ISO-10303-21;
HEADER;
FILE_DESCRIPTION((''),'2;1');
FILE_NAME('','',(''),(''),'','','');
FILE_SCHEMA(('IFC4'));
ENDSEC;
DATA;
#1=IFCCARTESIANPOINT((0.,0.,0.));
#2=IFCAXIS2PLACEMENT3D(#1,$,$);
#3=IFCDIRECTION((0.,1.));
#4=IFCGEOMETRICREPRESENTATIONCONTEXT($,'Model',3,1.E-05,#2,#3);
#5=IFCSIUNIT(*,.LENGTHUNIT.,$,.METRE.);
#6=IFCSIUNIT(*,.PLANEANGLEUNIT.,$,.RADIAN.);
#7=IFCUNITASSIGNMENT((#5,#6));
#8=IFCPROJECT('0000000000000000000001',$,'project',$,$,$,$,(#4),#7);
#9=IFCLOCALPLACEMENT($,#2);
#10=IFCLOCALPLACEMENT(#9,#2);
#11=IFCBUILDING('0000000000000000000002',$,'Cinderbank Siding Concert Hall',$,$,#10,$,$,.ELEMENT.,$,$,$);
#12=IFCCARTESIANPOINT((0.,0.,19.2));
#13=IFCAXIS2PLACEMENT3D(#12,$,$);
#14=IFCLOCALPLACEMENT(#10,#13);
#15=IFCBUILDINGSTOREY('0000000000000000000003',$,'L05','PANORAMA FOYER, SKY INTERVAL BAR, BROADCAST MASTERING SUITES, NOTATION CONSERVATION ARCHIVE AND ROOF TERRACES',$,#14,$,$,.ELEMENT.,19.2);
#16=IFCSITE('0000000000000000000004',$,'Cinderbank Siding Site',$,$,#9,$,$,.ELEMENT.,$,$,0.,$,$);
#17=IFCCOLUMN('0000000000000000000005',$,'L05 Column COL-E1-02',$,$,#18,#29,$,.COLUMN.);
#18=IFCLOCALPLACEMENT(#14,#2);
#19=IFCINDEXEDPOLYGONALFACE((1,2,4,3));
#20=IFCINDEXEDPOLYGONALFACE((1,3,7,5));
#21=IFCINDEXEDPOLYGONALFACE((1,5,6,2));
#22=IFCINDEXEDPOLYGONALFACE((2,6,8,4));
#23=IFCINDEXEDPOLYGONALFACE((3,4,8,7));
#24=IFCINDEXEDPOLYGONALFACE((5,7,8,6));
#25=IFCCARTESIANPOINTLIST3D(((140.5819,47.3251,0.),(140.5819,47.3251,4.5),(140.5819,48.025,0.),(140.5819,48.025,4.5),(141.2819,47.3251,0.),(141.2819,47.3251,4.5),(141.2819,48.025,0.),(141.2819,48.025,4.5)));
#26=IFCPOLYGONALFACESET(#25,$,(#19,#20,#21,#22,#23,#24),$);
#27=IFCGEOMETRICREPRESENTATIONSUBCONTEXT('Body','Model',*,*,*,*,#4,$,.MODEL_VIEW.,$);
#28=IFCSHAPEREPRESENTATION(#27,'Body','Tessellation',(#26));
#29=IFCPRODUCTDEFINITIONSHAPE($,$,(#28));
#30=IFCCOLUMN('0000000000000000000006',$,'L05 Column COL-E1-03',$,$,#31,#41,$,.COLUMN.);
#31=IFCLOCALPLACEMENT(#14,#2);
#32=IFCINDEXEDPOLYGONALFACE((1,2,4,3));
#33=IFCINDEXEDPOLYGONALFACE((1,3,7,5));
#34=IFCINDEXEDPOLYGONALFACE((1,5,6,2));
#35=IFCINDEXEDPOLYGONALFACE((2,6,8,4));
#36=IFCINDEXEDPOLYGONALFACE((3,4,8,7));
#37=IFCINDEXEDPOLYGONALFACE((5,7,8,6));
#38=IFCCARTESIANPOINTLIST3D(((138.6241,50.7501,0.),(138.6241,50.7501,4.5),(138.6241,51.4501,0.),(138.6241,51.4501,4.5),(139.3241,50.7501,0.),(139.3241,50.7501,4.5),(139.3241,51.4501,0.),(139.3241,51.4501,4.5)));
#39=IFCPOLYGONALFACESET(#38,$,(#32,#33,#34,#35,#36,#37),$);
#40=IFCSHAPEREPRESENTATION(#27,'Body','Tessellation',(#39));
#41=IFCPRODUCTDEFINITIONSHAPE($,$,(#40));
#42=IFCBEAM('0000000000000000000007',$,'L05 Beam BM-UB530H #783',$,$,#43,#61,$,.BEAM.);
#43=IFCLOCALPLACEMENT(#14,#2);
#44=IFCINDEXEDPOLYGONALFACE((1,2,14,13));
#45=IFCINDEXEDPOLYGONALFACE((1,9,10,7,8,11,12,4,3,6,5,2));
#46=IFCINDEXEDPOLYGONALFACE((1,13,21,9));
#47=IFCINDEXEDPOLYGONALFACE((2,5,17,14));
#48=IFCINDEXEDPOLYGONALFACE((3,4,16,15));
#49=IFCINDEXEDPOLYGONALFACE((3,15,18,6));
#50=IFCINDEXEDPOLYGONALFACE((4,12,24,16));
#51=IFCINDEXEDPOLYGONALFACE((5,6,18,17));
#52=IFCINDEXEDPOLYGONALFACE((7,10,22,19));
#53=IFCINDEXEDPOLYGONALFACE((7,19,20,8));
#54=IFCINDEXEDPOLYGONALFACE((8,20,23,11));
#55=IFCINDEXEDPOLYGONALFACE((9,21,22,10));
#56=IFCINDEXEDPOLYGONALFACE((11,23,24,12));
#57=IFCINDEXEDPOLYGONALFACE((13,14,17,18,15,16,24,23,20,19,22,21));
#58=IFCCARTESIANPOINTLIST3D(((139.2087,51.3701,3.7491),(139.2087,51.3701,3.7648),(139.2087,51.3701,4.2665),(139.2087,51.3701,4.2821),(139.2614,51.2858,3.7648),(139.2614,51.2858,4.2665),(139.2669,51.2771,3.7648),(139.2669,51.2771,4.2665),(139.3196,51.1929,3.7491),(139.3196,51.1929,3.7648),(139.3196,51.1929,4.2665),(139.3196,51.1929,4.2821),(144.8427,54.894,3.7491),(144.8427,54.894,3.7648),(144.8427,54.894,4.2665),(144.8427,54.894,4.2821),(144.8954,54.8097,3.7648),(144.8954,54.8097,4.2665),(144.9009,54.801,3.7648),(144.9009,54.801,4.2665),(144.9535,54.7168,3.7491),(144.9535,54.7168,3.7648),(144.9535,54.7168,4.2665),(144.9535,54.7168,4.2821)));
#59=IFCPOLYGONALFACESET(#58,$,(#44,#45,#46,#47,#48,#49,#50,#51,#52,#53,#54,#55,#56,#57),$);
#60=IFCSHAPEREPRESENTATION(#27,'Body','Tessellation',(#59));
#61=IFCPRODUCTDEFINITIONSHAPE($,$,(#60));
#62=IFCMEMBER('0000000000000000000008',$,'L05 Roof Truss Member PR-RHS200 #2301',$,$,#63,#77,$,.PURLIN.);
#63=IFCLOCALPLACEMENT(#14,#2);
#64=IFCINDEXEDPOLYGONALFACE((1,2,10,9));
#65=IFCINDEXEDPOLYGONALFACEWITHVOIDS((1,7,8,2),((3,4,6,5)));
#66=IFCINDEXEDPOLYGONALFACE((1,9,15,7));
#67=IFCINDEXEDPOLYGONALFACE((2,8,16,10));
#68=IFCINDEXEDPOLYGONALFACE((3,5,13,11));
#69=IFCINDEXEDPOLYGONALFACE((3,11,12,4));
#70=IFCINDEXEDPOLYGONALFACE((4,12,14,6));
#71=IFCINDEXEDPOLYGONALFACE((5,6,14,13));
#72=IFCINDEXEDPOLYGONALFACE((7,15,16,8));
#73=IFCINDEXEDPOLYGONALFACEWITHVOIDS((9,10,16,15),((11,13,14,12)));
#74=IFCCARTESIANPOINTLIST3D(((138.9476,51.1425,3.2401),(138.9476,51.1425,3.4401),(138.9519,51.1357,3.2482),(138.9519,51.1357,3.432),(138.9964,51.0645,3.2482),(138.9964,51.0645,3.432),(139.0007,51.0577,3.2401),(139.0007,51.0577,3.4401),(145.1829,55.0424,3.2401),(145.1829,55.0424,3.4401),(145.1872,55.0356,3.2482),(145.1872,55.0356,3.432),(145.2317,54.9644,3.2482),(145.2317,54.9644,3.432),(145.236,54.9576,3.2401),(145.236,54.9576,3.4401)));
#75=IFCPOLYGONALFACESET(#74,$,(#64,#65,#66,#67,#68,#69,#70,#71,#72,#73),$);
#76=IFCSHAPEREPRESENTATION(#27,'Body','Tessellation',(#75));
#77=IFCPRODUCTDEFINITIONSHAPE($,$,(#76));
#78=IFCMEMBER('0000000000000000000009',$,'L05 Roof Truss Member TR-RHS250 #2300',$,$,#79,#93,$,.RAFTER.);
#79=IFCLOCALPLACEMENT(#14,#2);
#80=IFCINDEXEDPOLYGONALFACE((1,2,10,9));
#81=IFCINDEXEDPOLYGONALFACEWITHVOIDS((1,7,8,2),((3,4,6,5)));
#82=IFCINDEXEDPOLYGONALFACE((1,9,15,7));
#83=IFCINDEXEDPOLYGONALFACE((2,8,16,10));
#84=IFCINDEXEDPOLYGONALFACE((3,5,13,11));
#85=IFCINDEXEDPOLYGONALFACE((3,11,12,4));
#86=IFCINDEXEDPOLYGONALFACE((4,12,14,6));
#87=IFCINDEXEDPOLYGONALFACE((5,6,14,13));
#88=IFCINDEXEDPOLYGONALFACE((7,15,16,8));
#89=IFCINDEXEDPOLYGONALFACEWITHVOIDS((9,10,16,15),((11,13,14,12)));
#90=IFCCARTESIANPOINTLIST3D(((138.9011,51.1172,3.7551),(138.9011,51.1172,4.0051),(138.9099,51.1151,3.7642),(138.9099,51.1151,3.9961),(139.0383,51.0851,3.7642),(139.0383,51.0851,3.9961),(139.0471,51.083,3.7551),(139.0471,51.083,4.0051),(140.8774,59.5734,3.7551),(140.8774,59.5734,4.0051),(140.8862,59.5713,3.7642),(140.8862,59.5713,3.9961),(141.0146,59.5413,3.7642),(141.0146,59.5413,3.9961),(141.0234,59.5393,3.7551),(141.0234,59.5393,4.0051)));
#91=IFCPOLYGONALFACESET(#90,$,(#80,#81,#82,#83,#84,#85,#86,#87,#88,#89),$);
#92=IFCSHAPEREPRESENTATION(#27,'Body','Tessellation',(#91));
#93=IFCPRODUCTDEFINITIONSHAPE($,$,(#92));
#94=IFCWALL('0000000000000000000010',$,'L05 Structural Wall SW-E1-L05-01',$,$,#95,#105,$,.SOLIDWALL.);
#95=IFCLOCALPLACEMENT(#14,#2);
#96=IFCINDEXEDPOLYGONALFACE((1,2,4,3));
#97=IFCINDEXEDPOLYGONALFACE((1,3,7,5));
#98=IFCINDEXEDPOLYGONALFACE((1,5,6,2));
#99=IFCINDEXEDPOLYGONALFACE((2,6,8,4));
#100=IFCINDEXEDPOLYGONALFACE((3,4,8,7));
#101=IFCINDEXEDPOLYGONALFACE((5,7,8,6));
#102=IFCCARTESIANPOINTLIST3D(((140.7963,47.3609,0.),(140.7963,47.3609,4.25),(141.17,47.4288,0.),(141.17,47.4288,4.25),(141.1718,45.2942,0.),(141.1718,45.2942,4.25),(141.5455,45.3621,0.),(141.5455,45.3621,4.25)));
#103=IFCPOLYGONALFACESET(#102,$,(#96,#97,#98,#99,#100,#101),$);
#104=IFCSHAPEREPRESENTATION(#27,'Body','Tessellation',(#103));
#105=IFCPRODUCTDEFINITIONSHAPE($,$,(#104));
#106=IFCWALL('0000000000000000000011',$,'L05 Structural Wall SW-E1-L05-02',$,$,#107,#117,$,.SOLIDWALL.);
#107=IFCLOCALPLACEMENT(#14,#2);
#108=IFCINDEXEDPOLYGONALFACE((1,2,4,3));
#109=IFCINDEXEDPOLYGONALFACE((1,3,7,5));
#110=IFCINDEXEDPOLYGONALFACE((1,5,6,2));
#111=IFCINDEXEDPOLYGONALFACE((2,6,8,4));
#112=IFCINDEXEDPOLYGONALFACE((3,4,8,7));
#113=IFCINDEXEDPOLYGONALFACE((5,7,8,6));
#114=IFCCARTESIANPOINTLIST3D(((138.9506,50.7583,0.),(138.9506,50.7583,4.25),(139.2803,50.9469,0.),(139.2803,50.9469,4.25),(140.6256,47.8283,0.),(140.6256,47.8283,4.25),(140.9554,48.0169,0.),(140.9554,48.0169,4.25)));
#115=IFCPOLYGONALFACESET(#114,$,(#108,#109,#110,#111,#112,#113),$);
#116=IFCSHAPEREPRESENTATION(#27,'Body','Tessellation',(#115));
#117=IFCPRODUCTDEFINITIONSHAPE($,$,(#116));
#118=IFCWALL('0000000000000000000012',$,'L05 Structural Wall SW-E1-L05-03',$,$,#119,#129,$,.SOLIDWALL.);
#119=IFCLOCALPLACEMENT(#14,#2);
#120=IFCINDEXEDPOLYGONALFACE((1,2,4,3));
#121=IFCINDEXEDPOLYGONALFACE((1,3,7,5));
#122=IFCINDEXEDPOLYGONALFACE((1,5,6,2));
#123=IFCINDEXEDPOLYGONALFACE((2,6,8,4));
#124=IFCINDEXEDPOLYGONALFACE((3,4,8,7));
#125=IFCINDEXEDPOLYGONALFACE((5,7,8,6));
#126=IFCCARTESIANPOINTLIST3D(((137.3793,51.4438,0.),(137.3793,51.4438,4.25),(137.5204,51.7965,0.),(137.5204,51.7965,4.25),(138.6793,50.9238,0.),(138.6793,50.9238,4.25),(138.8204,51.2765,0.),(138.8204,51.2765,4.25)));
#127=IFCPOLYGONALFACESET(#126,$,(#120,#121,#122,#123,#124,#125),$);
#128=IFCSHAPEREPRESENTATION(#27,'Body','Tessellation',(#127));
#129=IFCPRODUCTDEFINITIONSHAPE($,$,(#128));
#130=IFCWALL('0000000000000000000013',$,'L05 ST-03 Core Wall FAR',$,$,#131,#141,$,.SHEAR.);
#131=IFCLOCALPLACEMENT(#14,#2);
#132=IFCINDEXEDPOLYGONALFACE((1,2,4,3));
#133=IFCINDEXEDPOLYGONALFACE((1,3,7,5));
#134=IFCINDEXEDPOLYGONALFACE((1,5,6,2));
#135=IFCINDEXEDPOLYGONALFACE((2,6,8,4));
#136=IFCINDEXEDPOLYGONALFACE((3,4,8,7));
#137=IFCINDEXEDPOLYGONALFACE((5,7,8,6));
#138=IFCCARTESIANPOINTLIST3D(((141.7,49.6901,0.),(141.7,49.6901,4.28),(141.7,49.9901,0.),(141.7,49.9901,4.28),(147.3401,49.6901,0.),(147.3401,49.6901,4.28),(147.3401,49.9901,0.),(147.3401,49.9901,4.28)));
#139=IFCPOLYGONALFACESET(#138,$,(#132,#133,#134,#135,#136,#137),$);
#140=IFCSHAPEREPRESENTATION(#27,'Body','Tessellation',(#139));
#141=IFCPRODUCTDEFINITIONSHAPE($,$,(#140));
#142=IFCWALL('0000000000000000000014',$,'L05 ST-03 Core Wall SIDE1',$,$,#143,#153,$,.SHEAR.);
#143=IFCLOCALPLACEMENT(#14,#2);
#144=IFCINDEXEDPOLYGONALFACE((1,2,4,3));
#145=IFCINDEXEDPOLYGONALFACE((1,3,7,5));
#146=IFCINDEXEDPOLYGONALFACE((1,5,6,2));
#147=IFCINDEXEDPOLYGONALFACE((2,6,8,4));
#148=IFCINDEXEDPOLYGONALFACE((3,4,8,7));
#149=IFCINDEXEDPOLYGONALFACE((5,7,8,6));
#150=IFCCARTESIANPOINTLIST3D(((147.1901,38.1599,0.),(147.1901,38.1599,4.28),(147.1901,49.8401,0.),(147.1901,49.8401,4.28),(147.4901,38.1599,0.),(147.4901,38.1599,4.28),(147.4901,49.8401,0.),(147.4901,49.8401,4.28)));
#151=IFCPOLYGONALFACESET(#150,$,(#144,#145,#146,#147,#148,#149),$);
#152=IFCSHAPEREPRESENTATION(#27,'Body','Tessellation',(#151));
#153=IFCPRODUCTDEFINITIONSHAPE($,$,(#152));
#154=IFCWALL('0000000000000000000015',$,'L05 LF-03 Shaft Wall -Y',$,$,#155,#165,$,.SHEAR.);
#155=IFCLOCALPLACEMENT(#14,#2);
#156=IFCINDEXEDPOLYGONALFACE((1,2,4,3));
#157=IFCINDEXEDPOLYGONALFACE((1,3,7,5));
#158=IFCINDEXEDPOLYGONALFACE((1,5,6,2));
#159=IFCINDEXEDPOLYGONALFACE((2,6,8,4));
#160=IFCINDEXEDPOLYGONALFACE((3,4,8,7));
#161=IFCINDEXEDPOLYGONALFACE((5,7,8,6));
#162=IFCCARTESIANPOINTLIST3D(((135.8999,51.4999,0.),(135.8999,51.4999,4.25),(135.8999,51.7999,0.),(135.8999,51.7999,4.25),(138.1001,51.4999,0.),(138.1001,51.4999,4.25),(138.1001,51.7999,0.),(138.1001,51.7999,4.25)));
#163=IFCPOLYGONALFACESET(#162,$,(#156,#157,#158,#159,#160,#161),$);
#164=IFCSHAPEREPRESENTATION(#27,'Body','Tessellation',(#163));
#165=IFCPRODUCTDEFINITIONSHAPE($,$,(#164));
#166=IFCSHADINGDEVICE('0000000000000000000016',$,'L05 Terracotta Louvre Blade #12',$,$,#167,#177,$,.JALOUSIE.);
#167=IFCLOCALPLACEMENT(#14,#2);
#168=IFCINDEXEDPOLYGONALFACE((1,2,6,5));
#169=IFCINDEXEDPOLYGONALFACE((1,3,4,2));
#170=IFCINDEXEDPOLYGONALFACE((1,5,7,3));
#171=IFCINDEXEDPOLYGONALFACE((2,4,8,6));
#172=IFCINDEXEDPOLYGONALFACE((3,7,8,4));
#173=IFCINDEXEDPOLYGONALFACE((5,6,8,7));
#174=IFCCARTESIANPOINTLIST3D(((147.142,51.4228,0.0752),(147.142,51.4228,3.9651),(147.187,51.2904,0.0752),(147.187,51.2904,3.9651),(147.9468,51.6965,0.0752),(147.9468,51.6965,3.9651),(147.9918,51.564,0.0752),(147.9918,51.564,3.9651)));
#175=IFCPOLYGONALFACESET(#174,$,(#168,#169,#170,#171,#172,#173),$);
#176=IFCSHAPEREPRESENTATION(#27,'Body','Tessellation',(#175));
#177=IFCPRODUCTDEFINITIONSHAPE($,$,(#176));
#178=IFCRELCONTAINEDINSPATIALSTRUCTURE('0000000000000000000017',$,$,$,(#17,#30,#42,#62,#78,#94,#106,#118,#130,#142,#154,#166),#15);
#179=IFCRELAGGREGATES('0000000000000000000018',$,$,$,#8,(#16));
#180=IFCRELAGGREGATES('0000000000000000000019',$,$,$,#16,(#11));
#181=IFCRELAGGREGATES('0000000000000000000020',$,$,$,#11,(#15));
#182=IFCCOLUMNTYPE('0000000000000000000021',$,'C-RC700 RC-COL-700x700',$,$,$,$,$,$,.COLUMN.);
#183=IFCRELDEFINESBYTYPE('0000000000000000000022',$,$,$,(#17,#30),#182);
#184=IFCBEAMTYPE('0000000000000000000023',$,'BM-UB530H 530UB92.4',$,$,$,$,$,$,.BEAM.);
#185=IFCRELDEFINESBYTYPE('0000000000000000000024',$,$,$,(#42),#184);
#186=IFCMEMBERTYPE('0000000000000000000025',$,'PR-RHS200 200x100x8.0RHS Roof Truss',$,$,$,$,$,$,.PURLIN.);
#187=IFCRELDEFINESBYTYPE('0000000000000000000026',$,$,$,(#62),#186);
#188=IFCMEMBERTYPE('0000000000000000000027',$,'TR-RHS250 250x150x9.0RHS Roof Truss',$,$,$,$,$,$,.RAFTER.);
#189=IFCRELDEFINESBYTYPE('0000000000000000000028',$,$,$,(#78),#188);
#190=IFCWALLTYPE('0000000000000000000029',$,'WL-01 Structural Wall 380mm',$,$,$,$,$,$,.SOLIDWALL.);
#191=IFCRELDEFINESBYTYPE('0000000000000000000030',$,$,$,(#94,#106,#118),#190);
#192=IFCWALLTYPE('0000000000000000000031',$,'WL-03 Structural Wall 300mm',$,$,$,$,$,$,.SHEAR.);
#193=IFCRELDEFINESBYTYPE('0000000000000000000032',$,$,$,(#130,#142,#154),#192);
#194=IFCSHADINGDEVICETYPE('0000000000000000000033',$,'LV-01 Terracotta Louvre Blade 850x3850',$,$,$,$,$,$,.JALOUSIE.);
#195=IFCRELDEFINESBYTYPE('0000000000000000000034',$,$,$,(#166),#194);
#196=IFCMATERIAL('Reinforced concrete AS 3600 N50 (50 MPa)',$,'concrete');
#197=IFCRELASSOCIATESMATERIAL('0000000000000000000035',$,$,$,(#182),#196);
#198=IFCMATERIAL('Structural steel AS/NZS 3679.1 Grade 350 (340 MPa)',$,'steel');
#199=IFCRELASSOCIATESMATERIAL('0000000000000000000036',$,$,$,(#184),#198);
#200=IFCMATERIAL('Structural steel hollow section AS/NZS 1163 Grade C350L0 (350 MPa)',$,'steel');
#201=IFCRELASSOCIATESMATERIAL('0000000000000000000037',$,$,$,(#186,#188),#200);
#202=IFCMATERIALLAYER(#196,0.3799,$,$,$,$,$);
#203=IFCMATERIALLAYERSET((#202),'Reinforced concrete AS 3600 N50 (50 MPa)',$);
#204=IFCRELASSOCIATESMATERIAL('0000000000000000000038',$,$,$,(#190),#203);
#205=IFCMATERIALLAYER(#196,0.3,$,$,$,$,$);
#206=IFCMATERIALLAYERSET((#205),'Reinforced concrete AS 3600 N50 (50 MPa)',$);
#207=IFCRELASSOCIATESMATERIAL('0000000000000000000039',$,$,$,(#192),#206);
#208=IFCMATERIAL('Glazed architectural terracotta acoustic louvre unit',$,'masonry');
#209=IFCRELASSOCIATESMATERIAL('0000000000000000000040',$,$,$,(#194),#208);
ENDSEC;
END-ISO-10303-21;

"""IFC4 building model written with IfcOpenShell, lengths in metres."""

from ifc_helpers import new_model, si_unit, direction, frame, frame_2d, origin, origin_2d, place, context, subcontext, project, spatial, rectangle, hollow_rectangle, i_section, extrude, material, layer, layer_set, material_profile, profile_set, type_object, element, save


model = new_model("IFC4")

# Units and contexts
model_context = context("Model", 3, precision=1e-05, world=origin(), true_north=direction((0.0, 1.0)))
body_context = subcontext(model_context, "Body", "Model", "MODEL_VIEW")
ifc_project = project(units=[si_unit("LENGTHUNIT", "METRE"), si_unit("PLANEANGLEUNIT", "RADIAN")], contexts=[model_context])

# Site, building, storey
site_placement = place(None, origin())
site = spatial("IfcSite", under=ifc_project, at=site_placement, Name="Cinderbank Siding Site", CompositionType="ELEMENT", RefElevation=0.0)
building_placement = place(site_placement, origin())
building = spatial("IfcBuilding", under=site, at=building_placement, Name="Cinderbank Siding Concert Hall", CompositionType="ELEMENT")
storey_placement = place(building_placement, frame((0.0, 0.0, 19.2)))
storey = spatial("IfcBuildingStorey", under=building, at=storey_placement, Name="L05", Description="PANORAMA FOYER, SKY INTERVAL BAR, BROADCAST MASTERING SUITES, NOTATION CONSERVATION ARCHIVE AND ROOF TERRACES", CompositionType="ELEMENT", Elevation=19.2)

# Columns
ifc_material_1 = material(Name="Reinforced concrete AS 3600 N50 (50 MPa)", Category="concrete")
ifc_material_profile_1 = material_profile(ifc_material_1, rectangle(XDim=0.7, YDim=0.7, at=origin_2d()), Name="RC-COL-700x700", Category="LoadBearing")
ifc_profile_set_1 = profile_set([ifc_material_profile_1], Name="Reinforced concrete AS 3600 N50 (50 MPa)")
column_type = type_object("IfcColumnType", Name="C-RC700 RC-COL-700x700", PredefinedType="COLUMN", material=ifc_profile_set_1)
for number, where, z_axis, x_axis, name in (
    (1, (140.9319, 47.675, 0.0), (0.0, 0.0, 1.0), (1.0, 0.0, 0.0), "L05 Column COL-E1-02"),
    (2, (138.9741, 51.1001, 0.0), (0.0, 0.0, 1.0), (1.0, 0.0, 0.0), "L05 Column COL-E1-03"),
):
    element("IfcColumn", number, at=place(storey_placement, frame(where, z_axis=z_axis, x_axis=x_axis)), inside=storey, type_object=column_type, Name=name, PredefinedType="COLUMN", context=body_context, shape_type="SweptSolid", body=[
        extrude(rectangle(XDim=0.7, YDim=0.7, at=origin_2d()), origin(), (0.0, 0.0, 1.0), 4.5),
    ])

# Beam
ifc_material_2 = material(Name="Structural steel AS/NZS 3679.1 Grade 350 (340 MPa)", Category="steel")
ifc_material_profile_2 = material_profile(ifc_material_2, i_section(OverallWidth=0.209, OverallDepth=0.533, WebThickness=0.0103, FlangeThickness=0.0156, at=origin_2d()), Name="530UB92.4", Category="LoadBearing")
ifc_profile_set_2 = profile_set([ifc_material_profile_2], Name="Structural steel AS/NZS 3679.1 Grade 350 (340 MPa)")
beam_type = type_object("IfcBeamType", Name="BM-UB530H 530UB92.4", PredefinedType="BEAM", material=ifc_profile_set_2)
beam_placement = place(storey_placement, frame((139.2642, 51.2815, 4.0156), z_axis=(0.847819, 0.530286, 0.0), x_axis=(-0.530286, 0.847819, 0.0)))
element("IfcBeam", 3, at=beam_placement, inside=storey, type_object=beam_type, Name="L05 Beam BM-UB530H #783", PredefinedType="BEAM", context=body_context, shape_type="SweptSolid", body=[
    extrude(i_section(OverallWidth=0.209, OverallDepth=0.533, WebThickness=0.0103, FlangeThickness=0.0156, at=origin_2d()), origin(), (0.0, 0.0, 1.0), 6.6453),
])

# Members
ifc_material_3 = material(Name="Structural steel hollow section AS/NZS 1163 Grade C350L0 (350 MPa)", Category="steel")
ifc_material_profile_3 = material_profile(ifc_material_3, hollow_rectangle(XDim=0.1001, YDim=0.2, WallThickness=0.0081, at=origin_2d()), Name="200x100x8.0RHS", Category="LoadBearing")
ifc_profile_set_3 = profile_set([ifc_material_profile_3], Name="Structural steel hollow section AS/NZS 1163 Grade C350L0 (350 MPa)")
member_type_1 = type_object("IfcMemberType", Name="PR-RHS200 200x100x8.0RHS Roof Truss", PredefinedType="PURLIN", material=ifc_profile_set_3)
member_1_placement = place(storey_placement, frame((138.9741, 51.1001, 3.3401), z_axis=(0.847827, 0.530273, 0.0), x_axis=(-0.530273, 0.847827, 0.0)))
element("IfcMember", 4, at=member_1_placement, inside=storey, type_object=member_type_1, Name="L05 Roof Truss Member PR-RHS200 #2301", PredefinedType="PURLIN", context=body_context, shape_type="SweptSolid", body=[
    extrude(hollow_rectangle(XDim=0.1001, YDim=0.2, WallThickness=0.0081, at=origin_2d()), origin(), (0.0, 0.0, 1.0), 7.3545),
])
ifc_material_profile_4 = material_profile(ifc_material_3, hollow_rectangle(XDim=0.1499, YDim=0.25, WallThickness=0.009, at=origin_2d()), Name="250x150x9.0RHS", Category="LoadBearing")
ifc_profile_set_4 = profile_set([ifc_material_profile_4], Name="Structural steel hollow section AS/NZS 1163 Grade C350L0 (350 MPa)")
member_type_2 = type_object("IfcMemberType", Name="TR-RHS250 250x150x9.0RHS Roof Truss", PredefinedType="RAFTER", material=ifc_profile_set_4)
member_2_placement = place(storey_placement, frame((138.9741, 51.1001, 3.8801), z_axis=(0.227577, 0.97376, 0.0), x_axis=(-0.97376, 0.227577, 0.0)))
element("IfcMember", 5, at=member_2_placement, inside=storey, type_object=member_type_2, Name="L05 Roof Truss Member TR-RHS250 #2300", PredefinedType="RAFTER", context=body_context, shape_type="SweptSolid", body=[
    extrude(hollow_rectangle(XDim=0.1499, YDim=0.25, WallThickness=0.009, at=origin_2d()), origin(), (0.0, 0.0, 1.0), 8.6841),
])

# Walls
ifc_layer_1 = layer(ifc_material_1, 0.3799)
ifc_layer_set_1 = layer_set([ifc_layer_1], Name="Reinforced concrete AS 3600 N50 (50 MPa)")
wall_type_1 = type_object("IfcWallType", Name="WL-01 Structural Wall 380mm", PredefinedType="SOLIDWALL", material=ifc_layer_set_1)
wall_1_placement = place(storey_placement, frame((141.3586, 45.3281, 0.0), z_axis=(0.0, 0.0, 1.0), x_axis=(-0.178763, 0.983892, 0.0)))
element("IfcWall", 6, at=wall_1_placement, inside=storey, type_object=wall_type_1, Name="L05 Structural Wall SW-E1-L05-01", PredefinedType="SOLIDWALL", context=body_context, shape_type="SweptSolid", body=[
    extrude(rectangle(XDim=2.1006, YDim=0.3799, at=frame_2d((1.0503, 0.0))), origin(), (0.0, 0.0, 1.0), 4.25),
])
wall_2_placement = place(storey_placement, frame((140.7905, 47.9226, 0.0), z_axis=(0.0, 0.0, 1.0), x_axis=(-0.496318, 0.868141, 0.0)))
element("IfcWall", 7, at=wall_2_placement, inside=storey, type_object=wall_type_1, Name="L05 Structural Wall SW-E1-L05-02", PredefinedType="SOLIDWALL", context=body_context, shape_type="SweptSolid", body=[
    extrude(rectangle(XDim=3.375, YDim=0.3799, at=frame_2d((1.6875, 0.0))), origin(), (0.0, 0.0, 1.0), 4.25),
])
wall_3_placement = place(storey_placement, frame((138.75, 51.1001, 0.0), z_axis=(0.0, 0.0, 1.0), x_axis=(-0.928477, 0.371391, 0.0)))
element("IfcWall", 8, at=wall_3_placement, inside=storey, type_object=wall_type_1, Name="L05 Structural Wall SW-E1-L05-03", PredefinedType="SOLIDWALL", context=body_context, shape_type="SweptSolid", body=[
    extrude(rectangle(XDim=1.4001, YDim=0.3799, at=frame_2d((0.7002, 0.0))), origin(), (0.0, 0.0, 1.0), 4.25),
])
ifc_layer_2 = layer(ifc_material_1, 0.3)
ifc_layer_set_2 = layer_set([ifc_layer_2], Name="Reinforced concrete AS 3600 N50 (50 MPa)")
wall_type_2 = type_object("IfcWallType", Name="WL-03 Structural Wall 300mm", PredefinedType="SHEAR", material=ifc_layer_set_2)
wall_4_placement = place(storey_placement, frame((141.7, 49.8401, 0.0), z_axis=(0.0, 0.0, 1.0), x_axis=(1.0, 0.0, 0.0)))
element("IfcWall", 9, at=wall_4_placement, inside=storey, type_object=wall_type_2, Name="L05 ST-03 Core Wall FAR", PredefinedType="SHEAR", context=body_context, shape_type="SweptSolid", body=[
    extrude(rectangle(XDim=5.6401, YDim=0.3, at=frame_2d((2.8201, 0.0))), origin(), (0.0, 0.0, 1.0), 4.28),
])
wall_5_placement = place(storey_placement, frame((147.3401, 49.8401, 0.0), z_axis=(0.0, 0.0, 1.0), x_axis=(0.0, -1.0, 0.0)))
element("IfcWall", 10, at=wall_5_placement, inside=storey, type_object=wall_type_2, Name="L05 ST-03 Core Wall SIDE1", PredefinedType="SHEAR", context=body_context, shape_type="SweptSolid", body=[
    extrude(rectangle(XDim=11.6802, YDim=0.3, at=frame_2d((5.8401, 0.0))), origin(), (0.0, 0.0, 1.0), 4.28),
])
wall_6_placement = place(storey_placement, frame((138.1001, 51.6499, 0.0), z_axis=(0.0, 0.0, 1.0), x_axis=(-1.0, 0.0, 0.0)))
element("IfcWall", 11, at=wall_6_placement, inside=storey, type_object=wall_type_2, Name="L05 LF-03 Shaft Wall -Y", PredefinedType="SHEAR", context=body_context, shape_type="SweptSolid", body=[
    extrude(rectangle(XDim=2.2002, YDim=0.3, at=frame_2d((1.1001, 0.0))), origin(), (0.0, 0.0, 1.0), 4.25),
])

# Shading device
ifc_material_4 = material(Name="Glazed architectural terracotta acoustic louvre unit", Category="masonry")
shading_device_type = type_object("IfcShadingDeviceType", Name="LV-01 Terracotta Louvre Blade 850x3850", PredefinedType="JALOUSIE", material=ifc_material_4)
for number, where, z_axis, x_axis, name in (
    (12, (147.5669, 51.4934, 0.0752), (0.0, 0.0, 1.0), (0.946765, 0.321924, 0.0), "L05 Terracotta Louvre Blade #12"),
):
    element("IfcShadingDevice", number, at=place(storey_placement, frame(where, z_axis=z_axis, x_axis=x_axis)), inside=storey, type_object=shading_device_type, Name=name, PredefinedType="JALOUSIE", context=body_context, shape_type="SweptSolid", body=[
        extrude(rectangle(XDim=0.8501, YDim=0.1399, at=origin_2d()), origin(), (0.0, 0.0, 1.0), 3.8899),
    ])

save(model, "model.ifc")
